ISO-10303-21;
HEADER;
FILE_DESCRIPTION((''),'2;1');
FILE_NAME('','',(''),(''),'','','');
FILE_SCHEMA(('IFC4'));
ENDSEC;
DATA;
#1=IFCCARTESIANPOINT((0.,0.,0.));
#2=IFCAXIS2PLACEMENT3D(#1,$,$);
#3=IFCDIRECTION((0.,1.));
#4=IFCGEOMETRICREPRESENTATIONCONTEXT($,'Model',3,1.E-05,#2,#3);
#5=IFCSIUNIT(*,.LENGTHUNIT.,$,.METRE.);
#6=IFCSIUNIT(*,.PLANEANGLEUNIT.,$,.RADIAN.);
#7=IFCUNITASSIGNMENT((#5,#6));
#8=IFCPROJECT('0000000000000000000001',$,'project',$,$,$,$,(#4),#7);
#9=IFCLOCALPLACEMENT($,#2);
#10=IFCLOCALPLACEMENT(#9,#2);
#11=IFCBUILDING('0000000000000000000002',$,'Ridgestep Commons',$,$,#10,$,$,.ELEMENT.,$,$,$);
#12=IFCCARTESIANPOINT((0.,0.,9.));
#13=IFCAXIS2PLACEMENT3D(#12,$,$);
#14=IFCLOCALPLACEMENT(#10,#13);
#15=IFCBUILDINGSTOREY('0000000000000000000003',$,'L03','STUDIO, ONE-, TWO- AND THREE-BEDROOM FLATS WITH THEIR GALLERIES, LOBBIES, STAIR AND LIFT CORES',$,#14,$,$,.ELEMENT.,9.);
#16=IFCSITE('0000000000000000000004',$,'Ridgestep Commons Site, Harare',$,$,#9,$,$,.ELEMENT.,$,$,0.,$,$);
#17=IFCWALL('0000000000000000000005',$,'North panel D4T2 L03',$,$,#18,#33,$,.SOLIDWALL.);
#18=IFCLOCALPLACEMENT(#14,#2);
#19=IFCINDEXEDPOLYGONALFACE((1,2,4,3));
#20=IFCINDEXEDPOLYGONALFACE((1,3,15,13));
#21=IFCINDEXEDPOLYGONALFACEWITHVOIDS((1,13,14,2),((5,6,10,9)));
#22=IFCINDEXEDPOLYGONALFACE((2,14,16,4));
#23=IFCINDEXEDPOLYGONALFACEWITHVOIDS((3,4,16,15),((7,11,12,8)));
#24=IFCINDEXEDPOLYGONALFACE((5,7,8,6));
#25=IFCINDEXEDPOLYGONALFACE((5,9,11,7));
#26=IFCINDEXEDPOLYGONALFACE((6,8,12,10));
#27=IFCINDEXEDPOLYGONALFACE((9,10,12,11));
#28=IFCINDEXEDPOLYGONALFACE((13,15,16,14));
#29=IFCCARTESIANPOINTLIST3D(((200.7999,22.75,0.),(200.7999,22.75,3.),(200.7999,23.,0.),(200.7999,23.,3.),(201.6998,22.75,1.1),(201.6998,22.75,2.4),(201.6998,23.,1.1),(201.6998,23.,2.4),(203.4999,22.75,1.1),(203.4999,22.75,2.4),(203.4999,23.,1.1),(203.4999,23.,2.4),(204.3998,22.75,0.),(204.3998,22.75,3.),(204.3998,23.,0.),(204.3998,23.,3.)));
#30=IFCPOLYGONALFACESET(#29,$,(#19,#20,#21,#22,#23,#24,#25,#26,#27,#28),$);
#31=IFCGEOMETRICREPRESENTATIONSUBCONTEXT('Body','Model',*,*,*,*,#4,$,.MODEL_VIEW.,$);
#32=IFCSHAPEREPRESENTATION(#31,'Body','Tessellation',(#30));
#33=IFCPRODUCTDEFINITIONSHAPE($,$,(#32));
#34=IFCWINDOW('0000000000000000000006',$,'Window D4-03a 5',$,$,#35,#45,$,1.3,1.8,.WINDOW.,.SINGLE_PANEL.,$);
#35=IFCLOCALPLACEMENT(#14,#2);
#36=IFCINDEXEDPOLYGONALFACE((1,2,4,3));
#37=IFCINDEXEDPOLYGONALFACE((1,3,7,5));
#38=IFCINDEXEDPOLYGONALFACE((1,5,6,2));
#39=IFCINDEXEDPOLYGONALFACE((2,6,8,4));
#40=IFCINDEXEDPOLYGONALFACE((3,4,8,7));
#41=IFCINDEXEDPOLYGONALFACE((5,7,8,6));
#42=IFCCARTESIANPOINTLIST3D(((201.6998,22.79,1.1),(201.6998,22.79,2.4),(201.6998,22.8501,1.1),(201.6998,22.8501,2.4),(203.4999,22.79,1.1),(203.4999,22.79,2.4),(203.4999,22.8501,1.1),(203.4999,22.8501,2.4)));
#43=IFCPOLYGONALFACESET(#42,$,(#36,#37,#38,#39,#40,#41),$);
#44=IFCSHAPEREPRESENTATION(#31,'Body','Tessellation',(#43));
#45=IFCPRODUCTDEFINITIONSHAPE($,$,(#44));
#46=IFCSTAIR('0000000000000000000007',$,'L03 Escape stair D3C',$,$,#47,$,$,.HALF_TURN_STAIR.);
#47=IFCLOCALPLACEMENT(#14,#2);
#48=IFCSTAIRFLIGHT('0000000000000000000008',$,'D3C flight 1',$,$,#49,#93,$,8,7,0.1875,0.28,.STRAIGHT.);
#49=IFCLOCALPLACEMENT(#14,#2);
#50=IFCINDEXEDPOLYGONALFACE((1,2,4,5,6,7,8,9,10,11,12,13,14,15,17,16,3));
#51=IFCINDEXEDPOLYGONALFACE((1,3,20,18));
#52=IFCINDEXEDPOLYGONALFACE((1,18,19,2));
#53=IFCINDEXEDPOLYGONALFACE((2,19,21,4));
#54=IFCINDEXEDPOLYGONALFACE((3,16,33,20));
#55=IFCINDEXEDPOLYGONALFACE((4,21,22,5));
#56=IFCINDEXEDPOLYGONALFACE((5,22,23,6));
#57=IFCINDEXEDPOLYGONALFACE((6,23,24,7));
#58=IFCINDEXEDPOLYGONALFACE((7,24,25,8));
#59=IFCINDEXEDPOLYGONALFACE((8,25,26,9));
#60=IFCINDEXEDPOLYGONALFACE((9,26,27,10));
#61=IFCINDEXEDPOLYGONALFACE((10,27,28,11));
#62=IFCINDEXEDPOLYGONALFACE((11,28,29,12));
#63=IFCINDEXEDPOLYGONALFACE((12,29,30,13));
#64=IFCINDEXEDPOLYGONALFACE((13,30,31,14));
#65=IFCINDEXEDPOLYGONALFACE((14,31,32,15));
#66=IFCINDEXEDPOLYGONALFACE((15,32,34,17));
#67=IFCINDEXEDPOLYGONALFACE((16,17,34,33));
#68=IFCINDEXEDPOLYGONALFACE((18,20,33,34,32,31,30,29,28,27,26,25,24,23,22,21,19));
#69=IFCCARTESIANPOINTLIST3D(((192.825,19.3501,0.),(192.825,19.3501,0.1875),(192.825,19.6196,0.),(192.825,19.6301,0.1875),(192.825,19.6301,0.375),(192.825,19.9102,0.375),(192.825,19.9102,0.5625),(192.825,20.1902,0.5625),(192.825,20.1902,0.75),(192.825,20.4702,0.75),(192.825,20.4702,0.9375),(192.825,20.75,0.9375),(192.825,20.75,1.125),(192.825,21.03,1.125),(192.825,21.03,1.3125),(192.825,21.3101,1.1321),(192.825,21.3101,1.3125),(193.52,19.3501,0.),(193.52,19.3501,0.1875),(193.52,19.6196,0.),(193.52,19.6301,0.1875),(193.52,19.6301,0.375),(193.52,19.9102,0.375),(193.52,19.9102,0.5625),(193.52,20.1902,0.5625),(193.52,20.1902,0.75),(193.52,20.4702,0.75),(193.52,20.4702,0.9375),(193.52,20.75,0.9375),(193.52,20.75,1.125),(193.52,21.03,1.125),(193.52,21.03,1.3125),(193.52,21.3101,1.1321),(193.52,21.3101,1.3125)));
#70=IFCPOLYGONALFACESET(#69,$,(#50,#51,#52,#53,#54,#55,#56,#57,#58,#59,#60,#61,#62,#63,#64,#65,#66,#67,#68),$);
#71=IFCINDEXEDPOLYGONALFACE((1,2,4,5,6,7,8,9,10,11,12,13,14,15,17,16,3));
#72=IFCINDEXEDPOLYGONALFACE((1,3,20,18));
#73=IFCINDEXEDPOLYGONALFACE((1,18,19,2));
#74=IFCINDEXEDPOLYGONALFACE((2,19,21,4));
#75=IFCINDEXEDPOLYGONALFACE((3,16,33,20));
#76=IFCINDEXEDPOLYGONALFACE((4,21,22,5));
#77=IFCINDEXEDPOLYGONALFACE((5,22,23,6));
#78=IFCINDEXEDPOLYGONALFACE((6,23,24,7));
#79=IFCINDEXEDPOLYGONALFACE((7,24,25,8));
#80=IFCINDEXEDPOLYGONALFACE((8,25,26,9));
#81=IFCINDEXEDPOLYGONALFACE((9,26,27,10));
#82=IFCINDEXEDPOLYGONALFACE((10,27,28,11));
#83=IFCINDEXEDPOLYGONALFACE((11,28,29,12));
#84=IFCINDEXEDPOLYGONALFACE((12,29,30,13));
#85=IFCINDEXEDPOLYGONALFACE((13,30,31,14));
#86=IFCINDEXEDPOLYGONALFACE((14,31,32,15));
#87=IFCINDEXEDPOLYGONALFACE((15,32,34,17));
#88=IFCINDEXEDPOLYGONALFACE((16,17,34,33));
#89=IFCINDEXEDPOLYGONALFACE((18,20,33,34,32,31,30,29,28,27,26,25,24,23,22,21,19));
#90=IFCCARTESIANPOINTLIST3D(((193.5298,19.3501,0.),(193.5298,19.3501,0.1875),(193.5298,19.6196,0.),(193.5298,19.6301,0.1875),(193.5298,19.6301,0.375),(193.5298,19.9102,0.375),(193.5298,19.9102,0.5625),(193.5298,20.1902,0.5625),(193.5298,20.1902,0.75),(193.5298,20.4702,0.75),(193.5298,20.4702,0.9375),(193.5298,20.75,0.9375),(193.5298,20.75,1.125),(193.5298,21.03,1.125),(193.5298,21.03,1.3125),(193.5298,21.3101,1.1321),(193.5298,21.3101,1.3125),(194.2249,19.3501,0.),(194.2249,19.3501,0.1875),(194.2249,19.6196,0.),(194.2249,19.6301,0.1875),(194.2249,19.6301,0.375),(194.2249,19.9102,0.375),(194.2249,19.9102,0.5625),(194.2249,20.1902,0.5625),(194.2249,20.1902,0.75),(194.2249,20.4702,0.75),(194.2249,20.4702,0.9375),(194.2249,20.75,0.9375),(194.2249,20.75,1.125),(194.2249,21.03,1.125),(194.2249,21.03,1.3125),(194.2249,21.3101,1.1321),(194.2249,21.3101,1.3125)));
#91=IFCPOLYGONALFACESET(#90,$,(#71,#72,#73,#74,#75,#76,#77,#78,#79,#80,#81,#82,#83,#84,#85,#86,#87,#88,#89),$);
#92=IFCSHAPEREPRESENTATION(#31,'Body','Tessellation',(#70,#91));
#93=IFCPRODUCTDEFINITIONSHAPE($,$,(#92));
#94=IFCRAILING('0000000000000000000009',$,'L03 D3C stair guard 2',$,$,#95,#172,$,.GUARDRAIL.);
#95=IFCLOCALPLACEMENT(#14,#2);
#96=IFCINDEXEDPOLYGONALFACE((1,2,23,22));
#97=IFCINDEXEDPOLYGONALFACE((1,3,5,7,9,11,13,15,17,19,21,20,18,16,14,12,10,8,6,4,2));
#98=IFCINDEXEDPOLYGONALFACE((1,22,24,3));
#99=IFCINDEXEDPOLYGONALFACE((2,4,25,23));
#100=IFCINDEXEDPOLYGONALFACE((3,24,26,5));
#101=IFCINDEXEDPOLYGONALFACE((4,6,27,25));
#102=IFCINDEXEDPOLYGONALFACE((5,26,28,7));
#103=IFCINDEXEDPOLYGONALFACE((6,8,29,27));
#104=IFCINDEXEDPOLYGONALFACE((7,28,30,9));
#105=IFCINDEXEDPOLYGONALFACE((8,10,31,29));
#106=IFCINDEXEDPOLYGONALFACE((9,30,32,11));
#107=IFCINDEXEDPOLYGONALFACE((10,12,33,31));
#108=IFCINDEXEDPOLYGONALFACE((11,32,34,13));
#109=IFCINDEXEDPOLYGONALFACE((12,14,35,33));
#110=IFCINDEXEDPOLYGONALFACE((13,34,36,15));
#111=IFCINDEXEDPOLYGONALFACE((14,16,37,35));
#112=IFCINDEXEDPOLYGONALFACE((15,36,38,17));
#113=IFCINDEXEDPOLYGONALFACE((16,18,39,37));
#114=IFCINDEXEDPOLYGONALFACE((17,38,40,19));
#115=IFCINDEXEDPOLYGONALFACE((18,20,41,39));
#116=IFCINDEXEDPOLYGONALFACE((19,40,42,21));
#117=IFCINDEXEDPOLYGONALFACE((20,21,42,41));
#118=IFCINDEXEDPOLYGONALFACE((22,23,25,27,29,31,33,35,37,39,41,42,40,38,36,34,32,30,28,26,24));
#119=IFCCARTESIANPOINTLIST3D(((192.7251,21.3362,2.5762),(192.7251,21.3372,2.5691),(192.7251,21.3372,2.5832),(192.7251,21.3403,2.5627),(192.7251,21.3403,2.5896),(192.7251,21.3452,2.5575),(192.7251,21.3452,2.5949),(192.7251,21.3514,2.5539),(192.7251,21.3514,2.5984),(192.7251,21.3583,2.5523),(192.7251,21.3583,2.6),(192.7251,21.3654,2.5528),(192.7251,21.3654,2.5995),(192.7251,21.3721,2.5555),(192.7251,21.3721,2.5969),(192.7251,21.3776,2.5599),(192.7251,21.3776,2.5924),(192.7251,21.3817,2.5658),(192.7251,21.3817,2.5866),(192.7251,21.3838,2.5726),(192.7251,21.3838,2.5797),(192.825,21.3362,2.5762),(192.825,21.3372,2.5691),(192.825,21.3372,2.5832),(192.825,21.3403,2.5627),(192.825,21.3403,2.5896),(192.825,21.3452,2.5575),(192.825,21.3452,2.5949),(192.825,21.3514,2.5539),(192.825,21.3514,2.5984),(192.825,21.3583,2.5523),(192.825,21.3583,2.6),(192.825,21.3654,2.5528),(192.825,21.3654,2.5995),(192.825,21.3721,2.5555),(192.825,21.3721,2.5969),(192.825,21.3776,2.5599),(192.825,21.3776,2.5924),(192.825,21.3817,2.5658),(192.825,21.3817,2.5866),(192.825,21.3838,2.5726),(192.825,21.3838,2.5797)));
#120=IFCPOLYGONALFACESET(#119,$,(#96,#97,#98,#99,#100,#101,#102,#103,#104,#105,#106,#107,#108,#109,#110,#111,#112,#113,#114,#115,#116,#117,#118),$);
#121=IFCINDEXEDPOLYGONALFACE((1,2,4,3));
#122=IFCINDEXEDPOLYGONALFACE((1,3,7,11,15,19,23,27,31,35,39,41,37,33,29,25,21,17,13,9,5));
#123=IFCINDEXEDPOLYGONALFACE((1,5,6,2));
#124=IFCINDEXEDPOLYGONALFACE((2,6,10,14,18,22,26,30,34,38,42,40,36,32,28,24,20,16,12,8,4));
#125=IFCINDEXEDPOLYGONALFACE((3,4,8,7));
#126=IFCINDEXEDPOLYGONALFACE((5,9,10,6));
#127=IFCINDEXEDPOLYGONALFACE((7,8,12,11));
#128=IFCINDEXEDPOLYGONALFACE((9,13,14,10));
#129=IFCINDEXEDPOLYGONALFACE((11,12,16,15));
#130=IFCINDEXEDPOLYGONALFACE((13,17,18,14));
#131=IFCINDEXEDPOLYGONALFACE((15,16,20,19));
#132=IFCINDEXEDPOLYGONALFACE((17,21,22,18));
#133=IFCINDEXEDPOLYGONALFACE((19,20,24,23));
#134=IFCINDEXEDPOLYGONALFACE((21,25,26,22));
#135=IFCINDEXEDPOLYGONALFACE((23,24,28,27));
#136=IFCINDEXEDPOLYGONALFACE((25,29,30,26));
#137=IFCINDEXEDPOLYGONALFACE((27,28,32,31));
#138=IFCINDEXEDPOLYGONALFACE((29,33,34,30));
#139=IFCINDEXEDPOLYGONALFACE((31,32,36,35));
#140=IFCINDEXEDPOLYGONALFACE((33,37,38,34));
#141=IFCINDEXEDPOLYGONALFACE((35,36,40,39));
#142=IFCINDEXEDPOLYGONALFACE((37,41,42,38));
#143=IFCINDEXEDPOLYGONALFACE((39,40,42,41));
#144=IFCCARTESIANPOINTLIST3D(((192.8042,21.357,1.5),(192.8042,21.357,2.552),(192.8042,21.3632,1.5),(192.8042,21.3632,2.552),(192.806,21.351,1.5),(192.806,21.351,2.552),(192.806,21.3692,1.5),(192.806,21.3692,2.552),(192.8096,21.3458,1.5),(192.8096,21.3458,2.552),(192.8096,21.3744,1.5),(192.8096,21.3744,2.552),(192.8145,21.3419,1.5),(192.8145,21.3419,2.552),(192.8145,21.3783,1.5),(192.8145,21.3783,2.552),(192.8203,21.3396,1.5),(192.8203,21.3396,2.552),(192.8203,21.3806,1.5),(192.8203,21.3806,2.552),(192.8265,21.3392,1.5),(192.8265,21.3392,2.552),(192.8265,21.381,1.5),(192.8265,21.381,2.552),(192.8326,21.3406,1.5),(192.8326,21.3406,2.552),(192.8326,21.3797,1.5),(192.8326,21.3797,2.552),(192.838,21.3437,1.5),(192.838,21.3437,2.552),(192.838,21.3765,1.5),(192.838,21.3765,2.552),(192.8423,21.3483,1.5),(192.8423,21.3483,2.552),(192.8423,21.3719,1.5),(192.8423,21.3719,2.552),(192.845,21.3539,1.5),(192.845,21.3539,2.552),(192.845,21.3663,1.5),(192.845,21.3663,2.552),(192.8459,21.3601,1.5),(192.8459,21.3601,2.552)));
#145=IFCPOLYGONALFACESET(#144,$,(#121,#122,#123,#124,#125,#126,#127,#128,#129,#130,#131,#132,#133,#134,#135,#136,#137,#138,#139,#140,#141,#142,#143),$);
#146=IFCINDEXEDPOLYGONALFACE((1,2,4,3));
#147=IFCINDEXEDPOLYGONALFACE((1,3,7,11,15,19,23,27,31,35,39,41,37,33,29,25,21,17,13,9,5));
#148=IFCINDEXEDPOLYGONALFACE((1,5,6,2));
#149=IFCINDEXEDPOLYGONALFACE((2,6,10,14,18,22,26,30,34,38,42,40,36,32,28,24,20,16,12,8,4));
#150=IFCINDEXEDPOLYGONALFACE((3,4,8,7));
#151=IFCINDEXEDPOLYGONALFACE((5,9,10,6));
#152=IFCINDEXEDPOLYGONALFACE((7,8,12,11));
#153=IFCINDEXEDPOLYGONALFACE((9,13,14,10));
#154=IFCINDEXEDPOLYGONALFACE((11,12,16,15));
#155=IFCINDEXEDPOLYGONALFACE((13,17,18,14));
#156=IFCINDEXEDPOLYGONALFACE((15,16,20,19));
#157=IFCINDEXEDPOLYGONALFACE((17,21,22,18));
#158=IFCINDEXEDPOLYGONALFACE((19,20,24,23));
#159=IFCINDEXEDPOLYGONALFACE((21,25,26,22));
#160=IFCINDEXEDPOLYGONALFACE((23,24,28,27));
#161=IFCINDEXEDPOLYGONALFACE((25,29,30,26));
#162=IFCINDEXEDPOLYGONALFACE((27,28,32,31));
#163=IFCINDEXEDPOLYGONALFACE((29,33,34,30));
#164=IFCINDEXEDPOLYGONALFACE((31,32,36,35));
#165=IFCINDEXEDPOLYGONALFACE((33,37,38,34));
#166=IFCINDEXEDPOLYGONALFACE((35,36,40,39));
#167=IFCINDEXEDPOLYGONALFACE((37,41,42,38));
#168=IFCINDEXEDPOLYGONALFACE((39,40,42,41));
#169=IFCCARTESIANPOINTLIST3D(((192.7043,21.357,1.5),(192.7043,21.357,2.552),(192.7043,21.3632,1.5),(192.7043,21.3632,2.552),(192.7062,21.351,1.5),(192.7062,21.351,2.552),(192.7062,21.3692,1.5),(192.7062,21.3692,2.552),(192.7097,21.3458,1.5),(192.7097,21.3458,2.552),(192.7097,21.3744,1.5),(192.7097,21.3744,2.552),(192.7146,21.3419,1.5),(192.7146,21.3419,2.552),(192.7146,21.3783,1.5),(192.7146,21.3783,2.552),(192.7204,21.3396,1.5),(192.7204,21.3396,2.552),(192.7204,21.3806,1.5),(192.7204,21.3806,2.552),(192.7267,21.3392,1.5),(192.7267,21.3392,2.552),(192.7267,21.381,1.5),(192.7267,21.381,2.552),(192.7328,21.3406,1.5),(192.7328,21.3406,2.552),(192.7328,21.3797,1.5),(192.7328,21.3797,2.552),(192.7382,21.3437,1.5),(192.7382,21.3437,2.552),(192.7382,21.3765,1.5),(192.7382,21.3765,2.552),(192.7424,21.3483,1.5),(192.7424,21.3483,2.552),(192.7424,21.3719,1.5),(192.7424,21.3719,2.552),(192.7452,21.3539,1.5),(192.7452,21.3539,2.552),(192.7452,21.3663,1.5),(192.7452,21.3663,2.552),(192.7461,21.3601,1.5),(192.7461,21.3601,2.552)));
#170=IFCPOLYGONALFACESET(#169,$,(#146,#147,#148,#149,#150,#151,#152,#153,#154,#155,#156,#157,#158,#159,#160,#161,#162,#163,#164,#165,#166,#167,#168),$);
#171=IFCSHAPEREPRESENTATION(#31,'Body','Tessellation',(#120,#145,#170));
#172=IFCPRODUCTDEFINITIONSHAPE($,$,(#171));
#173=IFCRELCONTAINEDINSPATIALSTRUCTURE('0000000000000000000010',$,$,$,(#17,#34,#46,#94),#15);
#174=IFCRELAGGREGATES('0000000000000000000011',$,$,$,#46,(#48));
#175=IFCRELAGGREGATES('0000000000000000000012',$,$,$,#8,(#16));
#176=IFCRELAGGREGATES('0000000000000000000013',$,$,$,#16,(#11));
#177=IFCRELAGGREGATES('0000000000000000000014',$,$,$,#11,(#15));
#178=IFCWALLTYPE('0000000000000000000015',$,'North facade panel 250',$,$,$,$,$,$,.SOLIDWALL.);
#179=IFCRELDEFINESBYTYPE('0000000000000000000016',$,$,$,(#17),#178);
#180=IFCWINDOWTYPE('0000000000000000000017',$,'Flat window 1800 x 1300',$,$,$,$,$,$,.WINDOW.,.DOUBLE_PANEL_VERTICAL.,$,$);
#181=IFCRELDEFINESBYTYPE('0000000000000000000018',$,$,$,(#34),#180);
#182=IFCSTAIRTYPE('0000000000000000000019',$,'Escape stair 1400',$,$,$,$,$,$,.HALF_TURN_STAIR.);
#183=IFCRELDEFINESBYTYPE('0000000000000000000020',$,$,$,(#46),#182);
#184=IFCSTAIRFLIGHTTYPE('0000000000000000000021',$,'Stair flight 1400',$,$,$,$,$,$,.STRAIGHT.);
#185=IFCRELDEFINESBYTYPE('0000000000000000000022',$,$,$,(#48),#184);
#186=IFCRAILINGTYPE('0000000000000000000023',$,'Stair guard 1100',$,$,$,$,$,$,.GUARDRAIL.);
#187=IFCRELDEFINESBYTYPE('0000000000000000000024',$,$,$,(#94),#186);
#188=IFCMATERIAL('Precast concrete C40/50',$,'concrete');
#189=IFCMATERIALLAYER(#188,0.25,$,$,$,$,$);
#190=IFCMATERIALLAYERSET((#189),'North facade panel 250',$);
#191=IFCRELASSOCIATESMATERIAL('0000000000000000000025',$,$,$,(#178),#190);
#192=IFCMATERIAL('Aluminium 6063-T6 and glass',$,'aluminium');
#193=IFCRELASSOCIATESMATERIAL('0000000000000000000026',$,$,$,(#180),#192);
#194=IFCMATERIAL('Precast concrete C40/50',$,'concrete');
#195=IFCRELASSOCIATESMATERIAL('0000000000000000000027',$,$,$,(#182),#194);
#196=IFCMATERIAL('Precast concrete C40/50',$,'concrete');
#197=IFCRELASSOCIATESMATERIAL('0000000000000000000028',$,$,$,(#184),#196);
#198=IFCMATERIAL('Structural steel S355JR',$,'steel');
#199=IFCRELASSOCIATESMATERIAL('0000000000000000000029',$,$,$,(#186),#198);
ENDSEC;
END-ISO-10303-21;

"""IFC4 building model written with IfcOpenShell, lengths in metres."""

from ifc_helpers import new_model, si_unit, direction, frame, frame_2d, origin, origin_2d, place, context, subcontext, project, spatial, polyline, rectangle, circle, outline, extrude, material, layer, layer_set, type_object, element, fill, aggregate, save


model = new_model("IFC4")

# Units and contexts
model_context = context("Model", 3, precision=1e-05, world=origin(), true_north=direction((0.0, 1.0)))
body_context = subcontext(model_context, "Body", "Model", "MODEL_VIEW")
ifc_project = project(units=[si_unit("LENGTHUNIT", "METRE"), si_unit("PLANEANGLEUNIT", "RADIAN")], contexts=[model_context])

# Site, building, storey
site_placement = place(None, origin())
site = spatial("IfcSite", under=ifc_project, at=site_placement, Name="Ridgestep Commons Site, Harare", CompositionType="ELEMENT", RefElevation=0.0)
building_placement = place(site_placement, origin())
building = spatial("IfcBuilding", under=site, at=building_placement, Name="Ridgestep Commons", CompositionType="ELEMENT")
storey_placement = place(building_placement, frame((0.0, 0.0, 9.0)))
storey = spatial("IfcBuildingStorey", under=building, at=storey_placement, Name="L03", Description="STUDIO, ONE-, TWO- AND THREE-BEDROOM FLATS WITH THEIR GALLERIES, LOBBIES, STAIR AND LIFT CORES", CompositionType="ELEMENT", Elevation=9.0)

# Shared definitions
ifc_material_1 = material(Name="Precast concrete C40/50", Category="concrete")
ifc_layer_1 = layer(ifc_material_1, 0.25)
ifc_layer_set_1 = layer_set([ifc_layer_1], Name="North facade panel 250")
wall_type_1 = type_object("IfcWallType", Name="North facade panel 250", PredefinedType="SOLIDWALL", material=ifc_layer_set_1)

# Wall, opening, window
wall_1_placement = place(storey_placement, frame((200.8, 22.875, 0.0), z_axis=(0.0, 0.0, 1.0), x_axis=(1.0, 0.0, 0.0)))
wall_1 = element("IfcWall", 1, at=wall_1_placement, inside=storey, type_object=wall_type_1, Name="North panel D4T2 L03", PredefinedType="SOLIDWALL", context=body_context, shape_type="SweptSolid", body=[
    extrude(rectangle(XDim=3.5999, YDim=0.25, at=frame_2d((1.7998, 0.0))), origin(), (0.0, 0.0, 1.0), 3.0),
])
opening_1_placement = place(wall_1_placement, frame((0.8999, 0.0, 1.1001)))
opening_1 = element("IfcOpeningElement", 2, at=opening_1_placement, cuts=wall_1, PredefinedType="OPENING", context=body_context, shape_type="SweptSolid", body=[
    extrude(rectangle(XDim=1.8, YDim=1.3, at=frame_2d((0.8999, 0.6499))), frame((0.0, 0.135, 0.0), z_axis=(0.0, -1.0, 0.0), x_axis=(1.0, 0.0, 0.0)), (0.0, 0.0, 1.0), 0.27),
])
ifc_material_2 = material(Name="Aluminium 6063-T6 and glass", Category="aluminium")
window_type_1 = type_object("IfcWindowType", Name="Flat window 1800 x 1300", PartitioningType="DOUBLE_PANEL_VERTICAL", PredefinedType="WINDOW", material=ifc_material_2)
window_1_placement = place(opening_1_placement, origin())
window_1 = element("IfcWindow", 3, at=window_1_placement, inside=storey, type_object=window_type_1, Name="Window D4-03a 5", OverallHeight=1.3, OverallWidth=1.8, PartitioningType="SINGLE_PANEL", PredefinedType="WINDOW", context=body_context, shape_type="SweptSolid", body=[
    extrude(rectangle(XDim=1.8, YDim=1.3, at=frame_2d((0.8999, 0.6499))), frame((0.0, -0.0249, 0.0), z_axis=(0.0, -1.0, 0.0), x_axis=(1.0, 0.0, 0.0)), (0.0, 0.0, 1.0), 0.0601),
])
fill(opening_1, window_1)

# Stair, stair flight
ifc_material_3 = material(Name="Precast concrete C40/50", Category="concrete")
stair_type = type_object("IfcStairType", Name="Escape stair 1400", PredefinedType="HALF_TURN_STAIR", material=ifc_material_3)
stair_placement = place(storey_placement, origin())
stair = element("IfcStair", 4, at=stair_placement, inside=storey, type_object=stair_type, Name="L03 Escape stair D3C", PredefinedType="HALF_TURN_STAIR")
ifc_material_4 = material(Name="Precast concrete C40/50", Category="concrete")
stair_flight_type = type_object("IfcStairFlightType", Name="Stair flight 1400", PredefinedType="STRAIGHT", material=ifc_material_4)
stair_flight_placement = place(storey_placement, frame((193.5249, 19.3501, 0.0), z_axis=(0.0, 0.0, 1.0), x_axis=(0.0, 1.0, 0.0)))
stair_flight = element("IfcStairFlight", 5, at=stair_flight_placement, type_object=stair_flight_type, Name="D3C flight 1", NumberOfRisers=8, NumberOfTreads=7, PredefinedType="STRAIGHT", RiserHeight=0.1875, TreadLength=0.28, context=body_context, shape_type="SweptSolid", body=[
    extrude(outline(polyline([(0.0, 0.0), (0.0, 0.1875), (0.28, 0.1875), (0.28, 0.375), (0.5601, 0.375), (0.5601, 0.5625), (0.8401, 0.5625), (0.8401, 0.75), (1.1201, 0.75), (1.1201, 0.9375), (1.3999, 0.9375), (1.3999, 1.125), (1.6799, 1.125), (1.6799, 1.3125), (1.96, 1.3125), (1.96, 1.5), (1.96, 1.1321), (0.2695, 0.0), (0.0, 0.0)])), frame((0.0, 0.7, 0.0), z_axis=(0.0, -1.0, 0.0), x_axis=(1.0, 0.0, 0.0)), (0.0, 0.0, 1.0), 0.6951),
    extrude(outline(polyline([(0.0, 0.0), (0.0, 0.1875), (0.28, 0.1875), (0.28, 0.375), (0.5601, 0.375), (0.5601, 0.5625), (0.8401, 0.5625), (0.8401, 0.75), (1.1201, 0.75), (1.1201, 0.9375), (1.3999, 0.9375), (1.3999, 1.125), (1.6799, 1.125), (1.6799, 1.3125), (1.96, 1.3125), (1.96, 1.5), (1.96, 1.1321), (0.2695, 0.0), (0.0, 0.0)])), frame((0.0, -0.0049, 0.0), z_axis=(0.0, -1.0, 0.0), x_axis=(1.0, 0.0, 0.0)), (0.0, 0.0, 1.0), 0.6951),
])
aggregate(stair, [stair_flight])

# Railing
ifc_material_5 = material(Name="Structural steel S355JR", Category="steel")
railing_type_1 = type_object("IfcRailingType", Name="Stair guard 1100", PredefinedType="GUARDRAIL", material=ifc_material_5)
railing_1_placement = place(storey_placement, frame((192.825, 21.3601, 1.5)))
element("IfcRailing", 6, at=railing_1_placement, inside=storey, type_object=railing_type_1, Name="L03 D3C stair guard 2", PredefinedType="GUARDRAIL", context=body_context, shape_type="SweptSolid", body=[
    extrude(circle(Radius=0.0239, at=origin_2d()), frame((0.0, 0.0, 1.0762), z_axis=(-1.0, 0.0, 0.0), x_axis=(0.0, -1.0, 0.0)), (0.0, 0.0, 1.0), 0.0999),
    extrude(circle(Radius=0.021, at=origin_2d()), origin(), (0.0, 0.0, 1.0), 1.052),
    extrude(circle(Radius=0.021, at=origin_2d()), frame((-0.0999, 0.0, 0.0)), (0.0, 0.0, 1.0), 1.052),
])

save(model, "model.ifc")
